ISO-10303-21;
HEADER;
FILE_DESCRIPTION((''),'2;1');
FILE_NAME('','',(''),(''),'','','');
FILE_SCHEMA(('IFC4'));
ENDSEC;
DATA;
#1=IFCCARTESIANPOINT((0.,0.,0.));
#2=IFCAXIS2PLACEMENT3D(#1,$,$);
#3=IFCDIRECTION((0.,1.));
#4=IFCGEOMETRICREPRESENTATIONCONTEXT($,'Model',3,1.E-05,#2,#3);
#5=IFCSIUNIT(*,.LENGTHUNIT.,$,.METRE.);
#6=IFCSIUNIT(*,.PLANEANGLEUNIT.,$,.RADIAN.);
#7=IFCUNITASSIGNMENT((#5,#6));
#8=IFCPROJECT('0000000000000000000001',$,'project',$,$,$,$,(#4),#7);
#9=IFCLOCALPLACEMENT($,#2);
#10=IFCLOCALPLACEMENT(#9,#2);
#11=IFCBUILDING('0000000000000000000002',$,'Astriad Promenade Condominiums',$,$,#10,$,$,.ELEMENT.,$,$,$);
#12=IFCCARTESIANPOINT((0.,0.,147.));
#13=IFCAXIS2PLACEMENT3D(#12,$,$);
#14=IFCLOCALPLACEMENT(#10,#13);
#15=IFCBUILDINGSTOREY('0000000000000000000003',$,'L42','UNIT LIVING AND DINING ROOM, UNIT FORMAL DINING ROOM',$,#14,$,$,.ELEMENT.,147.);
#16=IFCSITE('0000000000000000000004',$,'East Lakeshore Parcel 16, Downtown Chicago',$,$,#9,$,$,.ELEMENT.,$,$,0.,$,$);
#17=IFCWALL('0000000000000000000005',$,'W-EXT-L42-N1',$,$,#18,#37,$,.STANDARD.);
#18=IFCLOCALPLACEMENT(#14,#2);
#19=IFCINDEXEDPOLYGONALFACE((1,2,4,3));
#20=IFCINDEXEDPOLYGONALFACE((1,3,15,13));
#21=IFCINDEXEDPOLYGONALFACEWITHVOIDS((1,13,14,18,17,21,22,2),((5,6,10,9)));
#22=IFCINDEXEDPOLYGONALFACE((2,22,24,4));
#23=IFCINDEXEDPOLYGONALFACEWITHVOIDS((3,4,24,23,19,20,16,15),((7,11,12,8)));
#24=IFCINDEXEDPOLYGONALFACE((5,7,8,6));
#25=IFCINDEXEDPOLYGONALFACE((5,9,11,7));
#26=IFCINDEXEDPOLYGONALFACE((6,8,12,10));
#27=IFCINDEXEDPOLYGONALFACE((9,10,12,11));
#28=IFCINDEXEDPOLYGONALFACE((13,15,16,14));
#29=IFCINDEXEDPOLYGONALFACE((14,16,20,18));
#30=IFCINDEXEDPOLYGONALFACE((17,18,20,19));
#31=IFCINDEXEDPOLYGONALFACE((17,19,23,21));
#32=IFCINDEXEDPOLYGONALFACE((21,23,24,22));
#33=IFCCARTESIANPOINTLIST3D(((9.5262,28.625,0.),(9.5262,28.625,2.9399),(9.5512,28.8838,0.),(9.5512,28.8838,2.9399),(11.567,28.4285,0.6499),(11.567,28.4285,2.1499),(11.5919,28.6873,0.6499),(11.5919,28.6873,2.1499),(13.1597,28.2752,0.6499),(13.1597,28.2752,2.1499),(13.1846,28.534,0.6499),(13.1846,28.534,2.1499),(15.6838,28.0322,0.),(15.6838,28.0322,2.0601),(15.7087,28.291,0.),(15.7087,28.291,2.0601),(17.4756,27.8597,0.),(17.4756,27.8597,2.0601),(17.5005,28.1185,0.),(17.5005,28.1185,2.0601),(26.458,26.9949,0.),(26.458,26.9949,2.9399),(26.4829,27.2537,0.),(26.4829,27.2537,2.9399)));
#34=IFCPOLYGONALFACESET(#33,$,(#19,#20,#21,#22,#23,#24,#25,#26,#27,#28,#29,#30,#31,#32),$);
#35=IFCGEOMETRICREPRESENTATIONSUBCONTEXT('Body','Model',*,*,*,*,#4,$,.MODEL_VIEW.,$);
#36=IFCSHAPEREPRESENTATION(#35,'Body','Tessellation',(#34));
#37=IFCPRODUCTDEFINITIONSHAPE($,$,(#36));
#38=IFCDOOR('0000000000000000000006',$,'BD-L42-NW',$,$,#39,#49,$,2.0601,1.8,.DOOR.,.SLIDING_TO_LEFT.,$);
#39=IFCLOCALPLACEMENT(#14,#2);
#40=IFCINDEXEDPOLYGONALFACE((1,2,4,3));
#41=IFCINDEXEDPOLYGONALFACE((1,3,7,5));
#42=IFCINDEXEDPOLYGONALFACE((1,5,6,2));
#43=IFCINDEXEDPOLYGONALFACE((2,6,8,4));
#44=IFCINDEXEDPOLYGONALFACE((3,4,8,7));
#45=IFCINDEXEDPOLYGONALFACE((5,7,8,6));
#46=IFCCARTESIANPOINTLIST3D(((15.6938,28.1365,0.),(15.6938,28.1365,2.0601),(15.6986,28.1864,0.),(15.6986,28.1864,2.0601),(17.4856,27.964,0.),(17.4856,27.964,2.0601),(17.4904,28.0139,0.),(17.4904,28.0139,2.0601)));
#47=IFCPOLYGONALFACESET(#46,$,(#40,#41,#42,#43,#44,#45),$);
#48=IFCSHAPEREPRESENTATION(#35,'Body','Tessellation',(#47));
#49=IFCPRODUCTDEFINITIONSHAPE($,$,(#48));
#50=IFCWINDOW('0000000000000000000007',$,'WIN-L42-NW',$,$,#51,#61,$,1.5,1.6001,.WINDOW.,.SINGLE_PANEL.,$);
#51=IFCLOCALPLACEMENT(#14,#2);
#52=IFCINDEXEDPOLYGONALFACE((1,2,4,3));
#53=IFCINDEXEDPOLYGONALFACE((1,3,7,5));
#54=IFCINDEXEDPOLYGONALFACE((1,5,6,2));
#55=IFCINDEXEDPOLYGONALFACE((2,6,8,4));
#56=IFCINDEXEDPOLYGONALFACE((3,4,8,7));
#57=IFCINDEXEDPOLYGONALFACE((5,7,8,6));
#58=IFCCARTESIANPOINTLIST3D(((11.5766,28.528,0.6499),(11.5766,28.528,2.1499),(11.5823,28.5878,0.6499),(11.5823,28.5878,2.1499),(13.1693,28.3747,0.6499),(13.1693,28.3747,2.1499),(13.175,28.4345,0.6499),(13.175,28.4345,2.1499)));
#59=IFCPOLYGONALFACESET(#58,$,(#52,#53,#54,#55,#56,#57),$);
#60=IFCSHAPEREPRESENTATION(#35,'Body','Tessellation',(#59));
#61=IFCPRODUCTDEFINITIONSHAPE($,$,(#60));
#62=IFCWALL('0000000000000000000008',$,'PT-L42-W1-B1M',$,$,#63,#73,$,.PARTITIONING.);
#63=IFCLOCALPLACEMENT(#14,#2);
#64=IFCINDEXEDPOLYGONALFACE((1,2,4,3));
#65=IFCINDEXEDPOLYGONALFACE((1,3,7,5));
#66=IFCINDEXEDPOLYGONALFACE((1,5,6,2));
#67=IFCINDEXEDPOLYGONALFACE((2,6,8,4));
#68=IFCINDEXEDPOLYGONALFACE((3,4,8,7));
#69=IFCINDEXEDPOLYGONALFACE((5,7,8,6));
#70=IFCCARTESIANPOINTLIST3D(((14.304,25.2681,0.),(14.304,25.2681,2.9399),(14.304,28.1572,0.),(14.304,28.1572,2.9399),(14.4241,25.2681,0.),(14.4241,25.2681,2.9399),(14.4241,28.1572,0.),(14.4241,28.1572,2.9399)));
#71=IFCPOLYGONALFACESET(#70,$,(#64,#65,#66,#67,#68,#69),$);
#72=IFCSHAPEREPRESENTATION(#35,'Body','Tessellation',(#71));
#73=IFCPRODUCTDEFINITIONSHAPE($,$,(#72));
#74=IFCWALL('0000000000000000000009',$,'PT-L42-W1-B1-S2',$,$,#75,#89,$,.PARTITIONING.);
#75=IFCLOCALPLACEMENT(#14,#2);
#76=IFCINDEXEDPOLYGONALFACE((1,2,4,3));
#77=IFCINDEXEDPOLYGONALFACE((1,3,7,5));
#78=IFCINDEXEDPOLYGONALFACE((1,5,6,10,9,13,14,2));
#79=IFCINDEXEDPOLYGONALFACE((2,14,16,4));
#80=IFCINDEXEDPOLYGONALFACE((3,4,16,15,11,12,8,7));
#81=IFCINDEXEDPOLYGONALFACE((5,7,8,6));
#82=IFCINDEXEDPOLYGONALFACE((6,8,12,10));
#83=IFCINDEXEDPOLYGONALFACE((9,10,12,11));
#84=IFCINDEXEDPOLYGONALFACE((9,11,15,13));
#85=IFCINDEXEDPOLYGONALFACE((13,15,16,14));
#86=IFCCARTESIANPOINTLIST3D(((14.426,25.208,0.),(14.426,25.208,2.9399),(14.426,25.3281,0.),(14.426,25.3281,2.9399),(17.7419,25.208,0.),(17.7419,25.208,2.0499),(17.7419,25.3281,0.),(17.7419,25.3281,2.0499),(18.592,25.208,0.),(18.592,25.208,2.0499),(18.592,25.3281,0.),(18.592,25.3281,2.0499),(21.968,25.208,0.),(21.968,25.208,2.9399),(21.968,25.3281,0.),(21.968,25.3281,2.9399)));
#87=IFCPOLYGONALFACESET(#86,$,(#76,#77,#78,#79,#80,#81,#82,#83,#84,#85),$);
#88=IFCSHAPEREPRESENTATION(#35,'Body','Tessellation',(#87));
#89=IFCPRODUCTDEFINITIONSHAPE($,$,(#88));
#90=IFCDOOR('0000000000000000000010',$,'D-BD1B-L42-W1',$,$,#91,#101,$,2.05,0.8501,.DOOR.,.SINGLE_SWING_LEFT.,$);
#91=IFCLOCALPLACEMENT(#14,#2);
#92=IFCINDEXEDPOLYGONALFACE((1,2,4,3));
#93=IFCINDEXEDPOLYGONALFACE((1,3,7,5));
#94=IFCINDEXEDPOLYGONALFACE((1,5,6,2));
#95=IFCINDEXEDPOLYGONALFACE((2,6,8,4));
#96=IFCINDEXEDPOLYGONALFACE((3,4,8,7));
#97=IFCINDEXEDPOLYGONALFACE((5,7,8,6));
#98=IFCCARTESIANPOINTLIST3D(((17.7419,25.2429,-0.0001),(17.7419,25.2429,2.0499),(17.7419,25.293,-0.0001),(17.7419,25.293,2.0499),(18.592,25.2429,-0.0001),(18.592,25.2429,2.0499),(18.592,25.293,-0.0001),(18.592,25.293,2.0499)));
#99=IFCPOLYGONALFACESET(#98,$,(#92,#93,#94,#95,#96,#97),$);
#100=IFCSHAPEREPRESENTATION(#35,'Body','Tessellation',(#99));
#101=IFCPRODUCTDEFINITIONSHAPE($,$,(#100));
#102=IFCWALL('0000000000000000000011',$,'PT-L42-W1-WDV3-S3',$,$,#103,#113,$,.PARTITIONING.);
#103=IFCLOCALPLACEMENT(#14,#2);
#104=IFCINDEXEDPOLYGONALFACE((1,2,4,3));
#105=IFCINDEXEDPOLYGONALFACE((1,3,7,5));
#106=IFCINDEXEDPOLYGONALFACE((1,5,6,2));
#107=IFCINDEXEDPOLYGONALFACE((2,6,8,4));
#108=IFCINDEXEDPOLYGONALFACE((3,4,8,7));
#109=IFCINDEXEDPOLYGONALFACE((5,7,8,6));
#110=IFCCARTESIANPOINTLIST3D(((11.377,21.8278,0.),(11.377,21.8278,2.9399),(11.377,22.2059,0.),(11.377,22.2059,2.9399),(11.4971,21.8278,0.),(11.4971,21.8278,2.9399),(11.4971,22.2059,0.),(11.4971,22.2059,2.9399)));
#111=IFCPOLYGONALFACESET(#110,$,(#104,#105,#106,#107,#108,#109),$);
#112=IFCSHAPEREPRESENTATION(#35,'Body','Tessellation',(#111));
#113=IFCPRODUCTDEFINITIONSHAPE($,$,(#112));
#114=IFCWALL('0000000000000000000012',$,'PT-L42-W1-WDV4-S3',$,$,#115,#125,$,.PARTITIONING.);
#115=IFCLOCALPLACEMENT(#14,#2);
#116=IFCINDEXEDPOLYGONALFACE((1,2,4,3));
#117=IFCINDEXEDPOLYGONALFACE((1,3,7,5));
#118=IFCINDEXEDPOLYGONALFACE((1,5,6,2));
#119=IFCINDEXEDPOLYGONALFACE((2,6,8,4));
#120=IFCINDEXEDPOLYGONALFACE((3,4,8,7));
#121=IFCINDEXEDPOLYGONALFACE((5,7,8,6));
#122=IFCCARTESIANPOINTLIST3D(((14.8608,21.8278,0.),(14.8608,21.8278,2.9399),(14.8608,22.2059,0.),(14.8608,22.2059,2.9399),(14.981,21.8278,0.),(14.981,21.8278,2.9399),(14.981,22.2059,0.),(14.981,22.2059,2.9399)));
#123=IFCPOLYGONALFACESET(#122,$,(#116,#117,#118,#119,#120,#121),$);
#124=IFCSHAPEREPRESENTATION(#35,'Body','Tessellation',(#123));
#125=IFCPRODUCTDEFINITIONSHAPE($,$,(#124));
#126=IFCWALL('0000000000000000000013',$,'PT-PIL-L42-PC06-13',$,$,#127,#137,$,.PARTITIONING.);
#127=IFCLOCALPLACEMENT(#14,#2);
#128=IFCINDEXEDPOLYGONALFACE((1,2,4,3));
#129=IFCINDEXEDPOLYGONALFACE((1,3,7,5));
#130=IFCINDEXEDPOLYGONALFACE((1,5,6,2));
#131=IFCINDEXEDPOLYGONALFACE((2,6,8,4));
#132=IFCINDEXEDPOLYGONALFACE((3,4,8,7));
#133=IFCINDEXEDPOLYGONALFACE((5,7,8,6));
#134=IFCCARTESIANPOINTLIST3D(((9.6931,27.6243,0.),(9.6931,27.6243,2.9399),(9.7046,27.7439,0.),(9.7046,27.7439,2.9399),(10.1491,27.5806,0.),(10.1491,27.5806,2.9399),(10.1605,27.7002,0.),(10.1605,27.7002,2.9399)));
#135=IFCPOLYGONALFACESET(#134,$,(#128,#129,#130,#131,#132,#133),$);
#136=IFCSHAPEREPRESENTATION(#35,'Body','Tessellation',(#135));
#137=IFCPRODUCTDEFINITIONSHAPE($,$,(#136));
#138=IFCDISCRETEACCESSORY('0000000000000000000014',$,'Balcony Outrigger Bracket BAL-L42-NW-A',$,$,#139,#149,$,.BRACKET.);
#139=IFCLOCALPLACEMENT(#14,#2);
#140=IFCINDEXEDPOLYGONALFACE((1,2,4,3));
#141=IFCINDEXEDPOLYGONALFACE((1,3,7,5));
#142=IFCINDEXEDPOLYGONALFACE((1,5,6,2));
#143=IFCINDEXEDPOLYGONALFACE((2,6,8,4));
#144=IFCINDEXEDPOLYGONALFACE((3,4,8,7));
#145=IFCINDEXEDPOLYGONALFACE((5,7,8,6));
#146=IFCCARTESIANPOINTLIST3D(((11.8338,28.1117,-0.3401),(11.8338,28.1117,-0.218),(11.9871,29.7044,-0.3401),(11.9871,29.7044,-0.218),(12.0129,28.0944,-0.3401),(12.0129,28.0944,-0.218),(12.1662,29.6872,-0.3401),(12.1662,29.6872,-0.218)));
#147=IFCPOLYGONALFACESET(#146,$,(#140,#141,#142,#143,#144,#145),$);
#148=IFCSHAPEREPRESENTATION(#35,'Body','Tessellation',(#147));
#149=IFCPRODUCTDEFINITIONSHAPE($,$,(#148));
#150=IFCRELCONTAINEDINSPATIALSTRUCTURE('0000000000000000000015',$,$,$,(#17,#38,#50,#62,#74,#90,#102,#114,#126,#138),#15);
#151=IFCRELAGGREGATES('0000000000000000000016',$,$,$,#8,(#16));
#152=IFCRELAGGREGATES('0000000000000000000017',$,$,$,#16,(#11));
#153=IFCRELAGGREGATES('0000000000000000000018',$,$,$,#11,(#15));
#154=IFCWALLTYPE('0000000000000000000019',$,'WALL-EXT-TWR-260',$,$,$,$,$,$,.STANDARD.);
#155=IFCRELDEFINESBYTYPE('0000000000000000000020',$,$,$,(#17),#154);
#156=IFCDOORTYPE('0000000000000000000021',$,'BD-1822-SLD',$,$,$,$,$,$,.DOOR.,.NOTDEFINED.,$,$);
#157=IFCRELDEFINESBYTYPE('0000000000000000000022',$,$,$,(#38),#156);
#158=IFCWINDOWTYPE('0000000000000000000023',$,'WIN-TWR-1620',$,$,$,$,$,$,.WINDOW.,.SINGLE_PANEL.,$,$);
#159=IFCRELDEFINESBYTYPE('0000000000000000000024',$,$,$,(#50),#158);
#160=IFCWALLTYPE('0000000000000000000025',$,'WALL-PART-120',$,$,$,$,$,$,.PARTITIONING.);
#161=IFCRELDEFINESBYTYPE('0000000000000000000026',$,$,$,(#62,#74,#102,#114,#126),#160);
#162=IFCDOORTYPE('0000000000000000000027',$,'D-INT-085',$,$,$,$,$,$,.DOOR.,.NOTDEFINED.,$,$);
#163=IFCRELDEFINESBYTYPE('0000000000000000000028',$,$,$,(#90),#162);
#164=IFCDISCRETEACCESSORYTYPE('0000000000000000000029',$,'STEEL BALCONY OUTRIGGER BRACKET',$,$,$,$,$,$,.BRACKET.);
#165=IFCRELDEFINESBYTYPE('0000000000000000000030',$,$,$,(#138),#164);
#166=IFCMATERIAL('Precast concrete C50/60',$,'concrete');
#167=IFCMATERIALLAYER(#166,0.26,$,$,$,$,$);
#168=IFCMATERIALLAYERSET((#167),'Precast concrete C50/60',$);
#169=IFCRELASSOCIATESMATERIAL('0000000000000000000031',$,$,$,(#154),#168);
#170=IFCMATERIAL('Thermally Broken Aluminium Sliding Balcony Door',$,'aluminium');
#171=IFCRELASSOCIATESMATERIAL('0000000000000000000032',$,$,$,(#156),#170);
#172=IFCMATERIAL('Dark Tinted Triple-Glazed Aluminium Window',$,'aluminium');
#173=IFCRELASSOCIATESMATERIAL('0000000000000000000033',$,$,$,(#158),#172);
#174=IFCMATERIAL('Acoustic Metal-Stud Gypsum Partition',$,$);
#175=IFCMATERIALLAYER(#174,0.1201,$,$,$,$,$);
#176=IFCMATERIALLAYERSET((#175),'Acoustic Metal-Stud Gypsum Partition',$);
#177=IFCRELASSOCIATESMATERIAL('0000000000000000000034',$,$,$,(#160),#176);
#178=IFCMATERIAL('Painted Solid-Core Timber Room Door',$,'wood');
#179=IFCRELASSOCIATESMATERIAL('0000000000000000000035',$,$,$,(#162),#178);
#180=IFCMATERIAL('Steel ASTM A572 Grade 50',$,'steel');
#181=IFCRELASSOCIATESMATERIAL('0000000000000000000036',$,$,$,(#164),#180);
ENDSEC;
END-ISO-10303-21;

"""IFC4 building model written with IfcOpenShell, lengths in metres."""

from ifc_helpers import new_model, si_unit, direction, frame, frame_2d, origin, origin_2d, place, context, subcontext, project, spatial, rectangle, extrude, source, transform, mapped, material, layer, layer_set, type_object, type_shapes, element, fill, save


model = new_model("IFC4")

# Units and contexts
model_context = context("Model", 3, precision=1e-05, world=origin(), true_north=direction((0.0, 1.0)))
body_context = subcontext(model_context, "Body", "Model", "MODEL_VIEW")
ifc_project = project(units=[si_unit("LENGTHUNIT", "METRE"), si_unit("PLANEANGLEUNIT", "RADIAN")], contexts=[model_context])

# Site, building, storey
site_placement = place(None, origin())
site = spatial("IfcSite", under=ifc_project, at=site_placement, Name="East Lakeshore Parcel 16, Downtown Chicago", CompositionType="ELEMENT", RefElevation=0.0)
building_placement = place(site_placement, origin())
building = spatial("IfcBuilding", under=site, at=building_placement, Name="Astriad Promenade Condominiums", CompositionType="ELEMENT")
storey_placement = place(building_placement, frame((0.0, 0.0, 147.0)))
storey = spatial("IfcBuildingStorey", under=building, at=storey_placement, Name="L42", Description="UNIT LIVING AND DINING ROOM, UNIT FORMAL DINING ROOM", CompositionType="ELEMENT", Elevation=147.0)

# Shared definitions
ifc_material_1 = material(Name="Precast concrete C50/60", Category="concrete")
ifc_layer_1 = layer(ifc_material_1, 0.26)
ifc_layer_set_1 = layer_set([ifc_layer_1], Name="Precast concrete C50/60")
wall_type_1 = type_object("IfcWallType", Name="WALL-EXT-TWR-260", PredefinedType="STANDARD", material=ifc_layer_set_1)

# Wall, openings, door, window
wall_1_placement = place(storey_placement, frame((9.5388, 28.7544, 0.0), z_axis=(0.0, 0.0, 1.0), x_axis=(0.995397, -0.095834, 0.0)))
wall_1 = element("IfcWall", 1, at=wall_1_placement, inside=storey, type_object=wall_type_1, Name="W-EXT-L42-N1", PredefinedType="STANDARD", context=body_context, shape_type="SweptSolid", body=[
    extrude(rectangle(XDim=17.01, YDim=0.26, at=frame_2d((8.5049, 0.0))), origin(), (0.0, 0.0, 1.0), 2.9399),
])
opening_1_placement = place(wall_1_placement, frame((6.186, 0.0, 0.0)))
opening_1 = element("IfcOpeningElement", 2, at=opening_1_placement, cuts=wall_1, PredefinedType="OPENING", context=body_context, shape_type="SweptSolid", body=[
    extrude(rectangle(XDim=1.8, YDim=2.0601, at=frame_2d((0.8999, 1.03))), frame((0.0, 0.1399, 0.0), z_axis=(0.0, -1.0, 0.0), x_axis=(1.0, 0.0, 0.0)), (0.0, 0.0, 1.0), 0.28),
])
opening_2_placement = place(wall_1_placement, frame((2.05, 0.0, 0.6499)))
opening_2 = element("IfcOpeningElement", 3, at=opening_2_placement, cuts=wall_1, PredefinedType="OPENING", context=body_context, shape_type="SweptSolid", body=[
    extrude(rectangle(XDim=1.6001, YDim=1.5, at=frame_2d((0.8, 0.75))), frame((0.0, 0.1399, 0.0), z_axis=(0.0, -1.0, 0.0), x_axis=(1.0, 0.0, 0.0)), (0.0, 0.0, 1.0), 0.28),
])
ifc_material_2 = material(Name="Thermally Broken Aluminium Sliding Balcony Door", Category="aluminium")
door_type_1 = type_object("IfcDoorType", Name="BD-1822-SLD", OperationType="NOTDEFINED", PredefinedType="DOOR", material=ifc_material_2)
shared_shape_1 = source(origin(), body_context, "Body", "SweptSolid", [
    extrude(rectangle(XDim=1.8, YDim=2.0601, at=frame_2d((0.8999, 1.03))), frame((0.0, 0.0249, 0.0), z_axis=(0.0, -1.0, 0.0), x_axis=(1.0, 0.0, 0.0)), (0.0, 0.0, 1.0), 0.05),
])
type_shapes(door_type_1, [shared_shape_1])
door_1_placement = place(opening_1_placement, origin())
door_1 = element("IfcDoor", 4, at=door_1_placement, inside=storey, type_object=door_type_1, Name="BD-L42-NW", OperationType="SLIDING_TO_LEFT", OverallHeight=2.0601, OverallWidth=1.8, PredefinedType="DOOR", context=body_context, shape_type="MappedRepresentation", body=[
    mapped(shared_shape_1, transform((0.0, 0.0, 0.0), scale=1.0)),
])
fill(opening_1, door_1)
ifc_material_3 = material(Name="Dark Tinted Triple-Glazed Aluminium Window", Category="aluminium")
window_type = type_object("IfcWindowType", Name="WIN-TWR-1620", PartitioningType="SINGLE_PANEL", PredefinedType="WINDOW", material=ifc_material_3)
shared_shape_2 = source(origin(), body_context, "Body", "SweptSolid", [
    extrude(rectangle(XDim=1.6001, YDim=1.5, at=frame_2d((0.8, 0.75))), frame((0.0, 0.03, 0.0), z_axis=(0.0, -1.0, 0.0), x_axis=(1.0, 0.0, 0.0)), (0.0, 0.0, 1.0), 0.0601),
])
type_shapes(window_type, [shared_shape_2])
window_placement = place(opening_2_placement, origin())
window = element("IfcWindow", 5, at=window_placement, inside=storey, type_object=window_type, Name="WIN-L42-NW", OverallHeight=1.5, OverallWidth=1.6001, PartitioningType="SINGLE_PANEL", PredefinedType="WINDOW", context=body_context, shape_type="MappedRepresentation", body=[
    mapped(shared_shape_2, transform((0.0, 0.0, 0.0), scale=1.0)),
])
fill(opening_2, window)

# Wall
ifc_material_4 = material(Name="Acoustic Metal-Stud Gypsum Partition")
ifc_layer_2 = layer(ifc_material_4, 0.1201)
ifc_layer_set_2 = layer_set([ifc_layer_2], Name="Acoustic Metal-Stud Gypsum Partition")
wall_type_2 = type_object("IfcWallType", Name="WALL-PART-120", PredefinedType="PARTITIONING", material=ifc_layer_set_2)
wall_2_placement = place(storey_placement, frame((14.364, 25.2681, 0.0), z_axis=(0.0, 0.0, 1.0), x_axis=(0.0, 1.0, 0.0)))
element("IfcWall", 6, at=wall_2_placement, inside=storey, type_object=wall_type_2, Name="PT-L42-W1-B1M", PredefinedType="PARTITIONING", context=body_context, shape_type="SweptSolid", body=[
    extrude(rectangle(XDim=2.8892, YDim=0.1201, at=frame_2d((1.4446, 0.0))), origin(), (0.0, 0.0, 1.0), 2.9399),
])

# Wall, opening, door
wall_3_placement = place(storey_placement, frame((14.426, 25.2681, 0.0), z_axis=(0.0, 0.0, 1.0), x_axis=(1.0, 0.0, 0.0)))
wall_3 = element("IfcWall", 7, at=wall_3_placement, inside=storey, type_object=wall_type_2, Name="PT-L42-W1-B1-S2", PredefinedType="PARTITIONING", context=body_context, shape_type="SweptSolid", body=[
    extrude(rectangle(XDim=7.542, YDim=0.1201, at=frame_2d((3.771, 0.0))), origin(), (0.0, 0.0, 1.0), 2.9399),
])
opening_3_placement = place(wall_3_placement, frame((3.3159, 0.0, 0.0)))
opening_3 = element("IfcOpeningElement", 8, at=opening_3_placement, cuts=wall_3, PredefinedType="OPENING", context=body_context, shape_type="SweptSolid", body=[
    extrude(rectangle(XDim=0.8501, YDim=2.05, at=frame_2d((0.425, 1.0249))), frame((0.0, 0.0701, 0.0), z_axis=(0.0, -1.0, 0.0), x_axis=(1.0, 0.0, 0.0)), (0.0, 0.0, 1.0), 0.1401),
])
ifc_material_5 = material(Name="Painted Solid-Core Timber Room Door", Category="wood")
door_type_2 = type_object("IfcDoorType", Name="D-INT-085", OperationType="NOTDEFINED", PredefinedType="DOOR", material=ifc_material_5)
shared_shape_3 = source(origin(), body_context, "Body", "SweptSolid", [
    extrude(rectangle(XDim=0.8501, YDim=2.05, at=frame_2d((0.425, 1.0249))), frame((0.0, 0.0249, 0.0), z_axis=(0.0, -1.0, 0.0), x_axis=(1.0, 0.0, 0.0)), (0.0, 0.0, 1.0), 0.05),
])
type_shapes(door_type_2, [shared_shape_3])
door_2_placement = place(opening_3_placement, origin())
door_2 = element("IfcDoor", 9, at=door_2_placement, inside=storey, type_object=door_type_2, Name="D-BD1B-L42-W1", OperationType="SINGLE_SWING_LEFT", OverallHeight=2.05, OverallWidth=0.8501, PredefinedType="DOOR", context=body_context, shape_type="MappedRepresentation", body=[
    mapped(shared_shape_3, transform((0.0, 0.0, 0.0), scale=1.0)),
])
fill(opening_3, door_2)

# Walls
for number, where, z_axis, x_axis, name in (
    (10, (11.437, 21.8279, 0.0), (0.0, 0.0, 1.0), (0.0, 1.0, 0.0), "PT-L42-W1-WDV3-S3"),
    (11, (14.9209, 21.8279, 0.0), (0.0, 0.0, 1.0), (0.0, 1.0, 0.0), "PT-L42-W1-WDV4-S3"),
):
    element("IfcWall", number, at=place(storey_placement, frame(where, z_axis=z_axis, x_axis=x_axis)), inside=storey, type_object=wall_type_2, Name=name, PredefinedType="PARTITIONING", context=body_context, shape_type="SweptSolid", body=[
        extrude(rectangle(XDim=0.3782, YDim=0.1201, at=frame_2d((0.189, 0.0))), origin(), (0.0, 0.0, 1.0), 2.9399),
    ])
wall_4_placement = place(storey_placement, frame((10.1548, 27.6404, 0.0), z_axis=(0.0, 0.0, 1.0), x_axis=(-0.995435, 0.095438, 0.0)))
element("IfcWall", 12, at=wall_4_placement, inside=storey, type_object=wall_type_2, Name="PT-PIL-L42-PC06-13", PredefinedType="PARTITIONING", context=body_context, shape_type="SweptSolid", body=[
    extrude(rectangle(XDim=0.458, YDim=0.1201, at=frame_2d((0.229, 0.0))), origin(), (0.0, 0.0, 1.0), 2.9399),
])

# Discrete accessory
ifc_material_6 = material(Name="Steel ASTM A572 Grade 50", Category="steel")
discrete_accessory_type = type_object("IfcDiscreteAccessoryType", Name="STEEL BALCONY OUTRIGGER BRACKET", PredefinedType="BRACKET", material=ifc_material_6)
shared_shape_4 = source(origin(), body_context, "Body", "SweptSolid", [
    extrude(rectangle(XDim=1.6001, YDim=0.1799, at=origin_2d()), origin(), (0.0, 0.0, 1.0), 0.1221),
])
type_shapes(discrete_accessory_type, [shared_shape_4])
discrete_accessory_placement = place(storey_placement, frame((12.0, 28.8994, -0.3401), z_axis=(0.0, 0.0, 1.0), x_axis=(0.095846, 0.995396, 0.0)))
element("IfcDiscreteAccessory", 13, at=discrete_accessory_placement, inside=storey, type_object=discrete_accessory_type, Name="Balcony Outrigger Bracket BAL-L42-NW-A", PredefinedType="BRACKET", context=body_context, shape_type="MappedRepresentation", body=[
    mapped(shared_shape_4, transform((0.0, 0.0, 0.0), scale=1.0)),
])

save(model, "model.ifc")
